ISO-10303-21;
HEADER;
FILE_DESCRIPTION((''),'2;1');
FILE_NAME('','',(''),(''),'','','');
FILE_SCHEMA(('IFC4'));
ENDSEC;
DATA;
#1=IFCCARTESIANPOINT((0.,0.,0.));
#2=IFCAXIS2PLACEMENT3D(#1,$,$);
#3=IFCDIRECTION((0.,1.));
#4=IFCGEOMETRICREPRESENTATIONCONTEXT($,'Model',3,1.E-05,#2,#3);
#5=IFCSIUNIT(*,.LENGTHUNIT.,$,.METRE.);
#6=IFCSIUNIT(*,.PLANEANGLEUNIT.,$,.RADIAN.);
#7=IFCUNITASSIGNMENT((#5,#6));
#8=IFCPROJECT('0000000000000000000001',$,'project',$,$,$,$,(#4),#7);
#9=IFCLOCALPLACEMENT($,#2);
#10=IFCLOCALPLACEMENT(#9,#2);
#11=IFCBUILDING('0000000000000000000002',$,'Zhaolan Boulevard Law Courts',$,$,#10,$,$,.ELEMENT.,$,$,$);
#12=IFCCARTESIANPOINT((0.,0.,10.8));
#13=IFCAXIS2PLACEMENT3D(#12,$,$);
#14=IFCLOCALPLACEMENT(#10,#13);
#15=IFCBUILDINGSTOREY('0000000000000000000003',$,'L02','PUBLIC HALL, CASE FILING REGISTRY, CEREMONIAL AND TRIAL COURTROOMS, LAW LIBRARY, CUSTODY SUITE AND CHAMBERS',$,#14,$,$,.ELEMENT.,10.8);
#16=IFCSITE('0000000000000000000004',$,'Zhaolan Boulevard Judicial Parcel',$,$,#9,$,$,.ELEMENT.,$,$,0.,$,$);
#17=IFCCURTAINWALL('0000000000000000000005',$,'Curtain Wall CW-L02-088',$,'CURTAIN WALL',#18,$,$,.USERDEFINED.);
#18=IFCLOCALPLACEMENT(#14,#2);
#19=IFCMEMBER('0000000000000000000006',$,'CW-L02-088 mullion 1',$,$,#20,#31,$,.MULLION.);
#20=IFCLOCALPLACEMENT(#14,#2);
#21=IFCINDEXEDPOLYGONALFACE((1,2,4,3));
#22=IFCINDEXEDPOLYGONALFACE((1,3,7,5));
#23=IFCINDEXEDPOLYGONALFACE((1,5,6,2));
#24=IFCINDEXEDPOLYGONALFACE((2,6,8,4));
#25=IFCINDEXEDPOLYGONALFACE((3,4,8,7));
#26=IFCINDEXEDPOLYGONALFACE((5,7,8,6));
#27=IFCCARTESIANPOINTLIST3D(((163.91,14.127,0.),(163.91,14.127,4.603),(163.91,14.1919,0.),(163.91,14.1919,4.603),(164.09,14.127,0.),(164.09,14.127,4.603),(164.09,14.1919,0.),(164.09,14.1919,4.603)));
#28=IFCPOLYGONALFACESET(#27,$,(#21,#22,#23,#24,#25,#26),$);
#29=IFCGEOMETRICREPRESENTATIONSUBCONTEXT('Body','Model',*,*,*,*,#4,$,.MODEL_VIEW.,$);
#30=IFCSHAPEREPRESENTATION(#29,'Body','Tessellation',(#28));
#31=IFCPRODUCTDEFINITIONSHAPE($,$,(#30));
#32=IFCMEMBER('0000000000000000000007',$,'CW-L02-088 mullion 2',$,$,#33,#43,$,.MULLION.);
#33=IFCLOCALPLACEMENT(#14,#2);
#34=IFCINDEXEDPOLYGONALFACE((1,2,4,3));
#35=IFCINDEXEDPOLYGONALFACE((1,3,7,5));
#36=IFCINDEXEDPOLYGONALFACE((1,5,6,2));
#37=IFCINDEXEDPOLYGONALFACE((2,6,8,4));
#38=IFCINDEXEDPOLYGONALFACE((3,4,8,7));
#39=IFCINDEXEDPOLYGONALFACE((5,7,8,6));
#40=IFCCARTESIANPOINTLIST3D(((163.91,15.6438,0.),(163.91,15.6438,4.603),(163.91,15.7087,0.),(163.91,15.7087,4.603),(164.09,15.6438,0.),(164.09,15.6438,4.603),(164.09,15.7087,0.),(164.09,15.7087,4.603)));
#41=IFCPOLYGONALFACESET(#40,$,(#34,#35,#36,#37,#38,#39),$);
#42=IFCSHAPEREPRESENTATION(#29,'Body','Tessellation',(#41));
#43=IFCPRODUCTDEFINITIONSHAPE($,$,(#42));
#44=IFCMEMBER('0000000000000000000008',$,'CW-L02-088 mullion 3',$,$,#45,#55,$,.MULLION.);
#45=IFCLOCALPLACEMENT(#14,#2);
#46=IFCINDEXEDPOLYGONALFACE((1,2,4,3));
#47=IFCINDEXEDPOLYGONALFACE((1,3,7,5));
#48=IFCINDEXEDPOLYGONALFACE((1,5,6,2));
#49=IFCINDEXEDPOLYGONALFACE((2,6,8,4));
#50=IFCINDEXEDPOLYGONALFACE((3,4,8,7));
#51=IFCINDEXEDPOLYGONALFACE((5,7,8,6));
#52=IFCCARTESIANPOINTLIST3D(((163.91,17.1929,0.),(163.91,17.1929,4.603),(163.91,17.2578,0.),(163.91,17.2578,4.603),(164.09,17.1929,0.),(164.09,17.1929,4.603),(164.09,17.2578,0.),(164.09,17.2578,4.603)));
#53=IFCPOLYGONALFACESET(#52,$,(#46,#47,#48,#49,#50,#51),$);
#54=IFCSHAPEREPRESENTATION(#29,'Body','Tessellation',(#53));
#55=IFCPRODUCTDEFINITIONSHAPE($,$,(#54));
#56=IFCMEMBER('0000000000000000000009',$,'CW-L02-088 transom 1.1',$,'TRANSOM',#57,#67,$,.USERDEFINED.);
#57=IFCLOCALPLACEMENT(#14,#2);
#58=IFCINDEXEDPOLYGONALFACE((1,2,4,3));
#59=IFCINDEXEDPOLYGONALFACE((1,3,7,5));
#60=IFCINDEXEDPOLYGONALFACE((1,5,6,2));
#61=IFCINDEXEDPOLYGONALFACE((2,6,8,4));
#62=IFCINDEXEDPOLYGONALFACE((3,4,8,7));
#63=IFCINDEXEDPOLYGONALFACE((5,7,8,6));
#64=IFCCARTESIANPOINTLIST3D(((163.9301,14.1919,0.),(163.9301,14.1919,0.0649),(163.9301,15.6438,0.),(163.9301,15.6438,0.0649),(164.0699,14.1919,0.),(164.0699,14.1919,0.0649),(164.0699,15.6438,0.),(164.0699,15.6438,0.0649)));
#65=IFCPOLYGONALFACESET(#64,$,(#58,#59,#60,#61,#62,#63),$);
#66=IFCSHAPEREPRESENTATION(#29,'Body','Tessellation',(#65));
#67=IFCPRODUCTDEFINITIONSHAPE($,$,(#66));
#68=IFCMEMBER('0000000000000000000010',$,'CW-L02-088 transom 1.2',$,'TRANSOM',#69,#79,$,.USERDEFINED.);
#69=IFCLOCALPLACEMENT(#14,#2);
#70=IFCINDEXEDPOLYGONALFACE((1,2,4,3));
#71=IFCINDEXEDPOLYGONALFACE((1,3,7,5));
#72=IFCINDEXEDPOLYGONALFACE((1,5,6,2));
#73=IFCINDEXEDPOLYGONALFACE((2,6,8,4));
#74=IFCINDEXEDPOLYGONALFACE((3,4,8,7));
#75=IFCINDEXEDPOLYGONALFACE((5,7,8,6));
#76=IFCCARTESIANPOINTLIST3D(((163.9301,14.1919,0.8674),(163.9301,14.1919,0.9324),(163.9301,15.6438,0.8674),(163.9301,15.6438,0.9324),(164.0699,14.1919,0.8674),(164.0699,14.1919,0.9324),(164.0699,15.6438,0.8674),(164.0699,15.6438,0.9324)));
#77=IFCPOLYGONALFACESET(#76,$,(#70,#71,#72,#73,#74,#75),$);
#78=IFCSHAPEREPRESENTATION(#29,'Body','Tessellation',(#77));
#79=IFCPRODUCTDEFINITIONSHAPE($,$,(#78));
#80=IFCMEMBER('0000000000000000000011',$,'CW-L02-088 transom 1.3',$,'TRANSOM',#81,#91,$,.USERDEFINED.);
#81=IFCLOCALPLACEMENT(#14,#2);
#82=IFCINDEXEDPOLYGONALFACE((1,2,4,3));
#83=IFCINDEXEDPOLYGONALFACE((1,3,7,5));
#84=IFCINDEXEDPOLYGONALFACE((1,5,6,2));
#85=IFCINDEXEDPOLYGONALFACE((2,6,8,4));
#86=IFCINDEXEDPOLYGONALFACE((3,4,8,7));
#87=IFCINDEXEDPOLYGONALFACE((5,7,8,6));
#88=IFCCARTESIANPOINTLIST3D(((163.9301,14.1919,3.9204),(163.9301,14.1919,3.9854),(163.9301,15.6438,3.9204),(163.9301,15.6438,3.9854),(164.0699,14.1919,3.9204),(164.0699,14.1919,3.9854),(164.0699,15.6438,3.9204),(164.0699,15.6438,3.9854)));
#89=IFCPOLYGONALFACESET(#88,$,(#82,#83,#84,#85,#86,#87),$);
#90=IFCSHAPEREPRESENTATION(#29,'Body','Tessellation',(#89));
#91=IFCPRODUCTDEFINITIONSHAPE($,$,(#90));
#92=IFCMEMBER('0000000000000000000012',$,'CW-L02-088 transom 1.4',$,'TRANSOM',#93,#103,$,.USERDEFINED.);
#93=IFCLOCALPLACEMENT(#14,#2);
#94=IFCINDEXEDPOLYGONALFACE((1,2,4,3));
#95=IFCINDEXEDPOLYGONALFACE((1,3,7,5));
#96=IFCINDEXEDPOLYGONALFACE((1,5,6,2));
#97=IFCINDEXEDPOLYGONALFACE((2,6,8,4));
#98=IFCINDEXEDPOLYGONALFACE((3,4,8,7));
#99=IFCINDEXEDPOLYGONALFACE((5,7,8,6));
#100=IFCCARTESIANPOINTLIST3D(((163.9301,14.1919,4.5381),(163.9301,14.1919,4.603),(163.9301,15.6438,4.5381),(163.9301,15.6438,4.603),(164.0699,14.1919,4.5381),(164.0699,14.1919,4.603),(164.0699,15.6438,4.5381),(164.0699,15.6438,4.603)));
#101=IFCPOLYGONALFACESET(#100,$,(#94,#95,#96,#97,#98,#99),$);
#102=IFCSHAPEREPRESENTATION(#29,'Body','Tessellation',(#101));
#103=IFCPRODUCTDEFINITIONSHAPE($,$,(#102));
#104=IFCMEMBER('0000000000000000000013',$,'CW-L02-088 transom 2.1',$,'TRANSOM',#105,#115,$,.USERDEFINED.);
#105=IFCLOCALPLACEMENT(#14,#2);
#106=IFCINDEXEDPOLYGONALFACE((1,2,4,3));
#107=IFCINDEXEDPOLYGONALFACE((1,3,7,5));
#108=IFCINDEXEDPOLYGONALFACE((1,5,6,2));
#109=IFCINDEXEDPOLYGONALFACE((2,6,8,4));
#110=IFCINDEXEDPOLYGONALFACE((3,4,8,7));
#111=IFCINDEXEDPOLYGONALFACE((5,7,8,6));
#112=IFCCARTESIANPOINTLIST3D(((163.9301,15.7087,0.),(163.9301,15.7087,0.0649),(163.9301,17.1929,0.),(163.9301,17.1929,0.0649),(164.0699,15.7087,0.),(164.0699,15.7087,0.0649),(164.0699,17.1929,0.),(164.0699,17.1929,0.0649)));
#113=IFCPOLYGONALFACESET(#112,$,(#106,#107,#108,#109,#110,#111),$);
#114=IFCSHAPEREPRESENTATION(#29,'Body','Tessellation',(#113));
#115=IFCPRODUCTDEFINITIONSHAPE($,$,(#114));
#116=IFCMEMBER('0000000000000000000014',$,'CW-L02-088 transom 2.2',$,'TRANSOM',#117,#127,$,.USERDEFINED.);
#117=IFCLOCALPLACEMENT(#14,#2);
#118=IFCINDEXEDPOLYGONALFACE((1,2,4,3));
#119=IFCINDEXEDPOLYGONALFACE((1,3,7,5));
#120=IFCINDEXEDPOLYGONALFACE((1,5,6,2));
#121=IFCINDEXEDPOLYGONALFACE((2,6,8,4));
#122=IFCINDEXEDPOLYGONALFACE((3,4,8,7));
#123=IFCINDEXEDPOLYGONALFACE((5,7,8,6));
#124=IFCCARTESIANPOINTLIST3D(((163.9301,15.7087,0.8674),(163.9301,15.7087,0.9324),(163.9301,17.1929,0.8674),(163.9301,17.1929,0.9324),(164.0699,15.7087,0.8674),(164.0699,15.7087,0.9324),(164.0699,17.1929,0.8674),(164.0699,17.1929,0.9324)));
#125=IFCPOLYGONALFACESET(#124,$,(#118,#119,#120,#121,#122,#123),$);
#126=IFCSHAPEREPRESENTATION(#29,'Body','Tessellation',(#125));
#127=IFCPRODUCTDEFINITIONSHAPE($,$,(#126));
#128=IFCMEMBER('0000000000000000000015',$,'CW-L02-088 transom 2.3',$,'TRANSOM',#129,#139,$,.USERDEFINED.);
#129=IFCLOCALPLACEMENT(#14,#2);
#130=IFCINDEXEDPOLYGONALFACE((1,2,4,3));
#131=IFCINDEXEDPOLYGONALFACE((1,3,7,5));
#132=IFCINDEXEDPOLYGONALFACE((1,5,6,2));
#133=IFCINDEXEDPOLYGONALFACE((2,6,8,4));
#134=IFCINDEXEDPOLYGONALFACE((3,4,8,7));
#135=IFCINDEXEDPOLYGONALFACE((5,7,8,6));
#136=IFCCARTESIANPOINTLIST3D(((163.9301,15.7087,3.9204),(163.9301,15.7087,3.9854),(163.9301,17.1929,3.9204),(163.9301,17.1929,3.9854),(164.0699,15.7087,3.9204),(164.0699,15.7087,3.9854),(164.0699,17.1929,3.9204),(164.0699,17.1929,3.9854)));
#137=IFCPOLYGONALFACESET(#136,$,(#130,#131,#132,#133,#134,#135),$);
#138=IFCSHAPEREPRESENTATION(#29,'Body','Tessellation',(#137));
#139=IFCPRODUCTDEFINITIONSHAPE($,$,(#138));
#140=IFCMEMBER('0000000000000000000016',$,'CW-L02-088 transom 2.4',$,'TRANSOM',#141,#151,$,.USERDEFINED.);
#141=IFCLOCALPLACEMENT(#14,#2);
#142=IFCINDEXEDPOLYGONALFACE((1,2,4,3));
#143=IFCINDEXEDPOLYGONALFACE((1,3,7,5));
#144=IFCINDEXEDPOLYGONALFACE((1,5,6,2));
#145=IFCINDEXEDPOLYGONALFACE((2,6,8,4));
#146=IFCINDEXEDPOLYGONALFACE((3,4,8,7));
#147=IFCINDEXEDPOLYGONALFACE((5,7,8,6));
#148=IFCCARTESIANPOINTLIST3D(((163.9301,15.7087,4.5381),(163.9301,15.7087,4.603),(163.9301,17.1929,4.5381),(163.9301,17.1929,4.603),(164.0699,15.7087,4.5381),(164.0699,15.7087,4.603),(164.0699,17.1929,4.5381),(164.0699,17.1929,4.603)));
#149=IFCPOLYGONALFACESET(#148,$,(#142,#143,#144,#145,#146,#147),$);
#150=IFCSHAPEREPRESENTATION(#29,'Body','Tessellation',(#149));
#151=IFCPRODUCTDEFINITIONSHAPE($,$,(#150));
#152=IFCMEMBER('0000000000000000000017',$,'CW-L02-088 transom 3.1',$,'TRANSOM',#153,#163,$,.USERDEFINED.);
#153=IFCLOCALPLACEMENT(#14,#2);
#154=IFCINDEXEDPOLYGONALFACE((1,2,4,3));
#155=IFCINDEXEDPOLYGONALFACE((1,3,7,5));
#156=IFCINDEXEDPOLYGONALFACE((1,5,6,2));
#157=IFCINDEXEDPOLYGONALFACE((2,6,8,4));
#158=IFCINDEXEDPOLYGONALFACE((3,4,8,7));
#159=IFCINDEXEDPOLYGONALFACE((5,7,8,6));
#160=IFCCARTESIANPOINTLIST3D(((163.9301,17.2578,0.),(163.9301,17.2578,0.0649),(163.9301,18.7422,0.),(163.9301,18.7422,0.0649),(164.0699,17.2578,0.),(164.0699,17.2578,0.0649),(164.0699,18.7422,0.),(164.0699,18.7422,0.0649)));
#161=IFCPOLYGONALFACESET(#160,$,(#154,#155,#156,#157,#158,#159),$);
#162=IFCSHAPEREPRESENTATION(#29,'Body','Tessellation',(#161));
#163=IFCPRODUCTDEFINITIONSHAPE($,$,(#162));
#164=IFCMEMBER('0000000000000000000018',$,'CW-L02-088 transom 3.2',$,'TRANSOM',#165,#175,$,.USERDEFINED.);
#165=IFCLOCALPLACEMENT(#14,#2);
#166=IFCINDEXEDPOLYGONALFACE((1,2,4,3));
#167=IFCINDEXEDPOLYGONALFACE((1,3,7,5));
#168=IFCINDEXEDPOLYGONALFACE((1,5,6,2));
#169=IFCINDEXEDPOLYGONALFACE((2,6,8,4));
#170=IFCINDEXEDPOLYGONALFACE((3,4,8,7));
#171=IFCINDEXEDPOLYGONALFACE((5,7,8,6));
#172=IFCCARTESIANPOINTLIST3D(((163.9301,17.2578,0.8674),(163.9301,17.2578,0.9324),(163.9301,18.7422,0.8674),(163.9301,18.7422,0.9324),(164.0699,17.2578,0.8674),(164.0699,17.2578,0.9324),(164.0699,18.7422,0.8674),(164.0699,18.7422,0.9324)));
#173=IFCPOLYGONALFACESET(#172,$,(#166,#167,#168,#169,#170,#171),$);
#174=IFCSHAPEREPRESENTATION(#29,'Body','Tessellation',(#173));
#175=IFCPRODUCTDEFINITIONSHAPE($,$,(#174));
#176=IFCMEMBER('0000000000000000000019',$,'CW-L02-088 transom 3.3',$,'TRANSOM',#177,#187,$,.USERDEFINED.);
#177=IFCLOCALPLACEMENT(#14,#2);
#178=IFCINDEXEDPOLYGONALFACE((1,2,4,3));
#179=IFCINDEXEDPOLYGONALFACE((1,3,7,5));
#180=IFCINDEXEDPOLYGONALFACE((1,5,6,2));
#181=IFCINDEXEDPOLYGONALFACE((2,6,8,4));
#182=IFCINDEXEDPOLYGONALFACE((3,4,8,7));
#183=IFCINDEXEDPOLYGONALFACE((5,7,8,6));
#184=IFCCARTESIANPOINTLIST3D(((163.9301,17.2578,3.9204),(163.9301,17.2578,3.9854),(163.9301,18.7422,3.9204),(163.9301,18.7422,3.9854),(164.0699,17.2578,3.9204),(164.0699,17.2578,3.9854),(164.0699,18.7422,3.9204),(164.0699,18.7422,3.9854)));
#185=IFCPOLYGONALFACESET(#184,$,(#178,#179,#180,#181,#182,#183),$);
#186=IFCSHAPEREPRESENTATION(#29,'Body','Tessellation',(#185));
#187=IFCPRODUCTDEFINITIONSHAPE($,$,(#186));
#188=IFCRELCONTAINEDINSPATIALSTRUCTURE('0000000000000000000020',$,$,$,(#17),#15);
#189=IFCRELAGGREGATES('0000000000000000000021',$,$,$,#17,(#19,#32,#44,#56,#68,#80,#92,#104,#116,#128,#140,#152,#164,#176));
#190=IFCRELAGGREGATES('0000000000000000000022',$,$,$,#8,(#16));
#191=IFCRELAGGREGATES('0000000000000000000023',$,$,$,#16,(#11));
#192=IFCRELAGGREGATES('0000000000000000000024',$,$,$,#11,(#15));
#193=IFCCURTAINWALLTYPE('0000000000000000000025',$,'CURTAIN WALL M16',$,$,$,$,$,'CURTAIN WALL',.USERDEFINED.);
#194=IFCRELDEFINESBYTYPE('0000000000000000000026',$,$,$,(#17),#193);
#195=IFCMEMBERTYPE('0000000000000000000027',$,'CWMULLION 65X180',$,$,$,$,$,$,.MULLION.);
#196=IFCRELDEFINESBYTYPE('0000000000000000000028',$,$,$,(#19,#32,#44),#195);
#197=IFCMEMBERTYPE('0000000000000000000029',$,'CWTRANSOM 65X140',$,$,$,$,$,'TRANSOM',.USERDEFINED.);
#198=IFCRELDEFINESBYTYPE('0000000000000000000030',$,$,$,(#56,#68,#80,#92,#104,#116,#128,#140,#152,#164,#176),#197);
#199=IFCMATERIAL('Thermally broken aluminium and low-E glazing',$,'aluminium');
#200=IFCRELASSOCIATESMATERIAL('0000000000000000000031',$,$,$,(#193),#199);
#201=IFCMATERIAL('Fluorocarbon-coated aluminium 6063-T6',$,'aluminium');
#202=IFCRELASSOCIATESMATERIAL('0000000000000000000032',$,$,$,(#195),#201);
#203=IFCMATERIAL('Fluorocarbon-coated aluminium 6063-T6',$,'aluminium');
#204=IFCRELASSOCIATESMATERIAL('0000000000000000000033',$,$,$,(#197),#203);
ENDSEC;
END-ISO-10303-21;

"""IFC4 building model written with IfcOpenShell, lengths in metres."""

from ifc_helpers import new_model, si_unit, direction, frame, origin, origin_2d, place, context, subcontext, project, spatial, rectangle, extrude, material, material_profile, profile_set, type_object, element, aggregate, save


model = new_model("IFC4")

# Units and contexts
model_context = context("Model", 3, precision=1e-05, world=origin(), true_north=direction((0.0, 1.0)))
body_context = subcontext(model_context, "Body", "Model", "MODEL_VIEW")
ifc_project = project(units=[si_unit("LENGTHUNIT", "METRE"), si_unit("PLANEANGLEUNIT", "RADIAN")], contexts=[model_context])

# Site, building, storey
site_placement = place(None, origin())
site = spatial("IfcSite", under=ifc_project, at=site_placement, Name="Zhaolan Boulevard Judicial Parcel", CompositionType="ELEMENT", RefElevation=0.0)
building_placement = place(site_placement, origin())
building = spatial("IfcBuilding", under=site, at=building_placement, Name="Zhaolan Boulevard Law Courts", CompositionType="ELEMENT")
storey_placement = place(building_placement, frame((0.0, 0.0, 10.8)))
storey = spatial("IfcBuildingStorey", under=building, at=storey_placement, Name="L02", Description="PUBLIC HALL, CASE FILING REGISTRY, CEREMONIAL AND TRIAL COURTROOMS, LAW LIBRARY, CUSTODY SUITE AND CHAMBERS", CompositionType="ELEMENT", Elevation=10.8)

# Curtain wall, members
ifc_material_1 = material(Name="Thermally broken aluminium and low-E glazing", Category="aluminium")
curtain_wall_type = type_object("IfcCurtainWallType", Name="CURTAIN WALL M16", ElementType="CURTAIN WALL", PredefinedType="USERDEFINED", material=ifc_material_1)
curtain_wall_placement = place(storey_placement, origin())
curtain_wall = element("IfcCurtainWall", 1, at=curtain_wall_placement, inside=storey, type_object=curtain_wall_type, Name="Curtain Wall CW-L02-088", ObjectType="CURTAIN WALL", PredefinedType="USERDEFINED")
ifc_material_2 = material(Name="Fluorocarbon-coated aluminium 6063-T6", Category="aluminium")
ifc_material_profile_1 = material_profile(ifc_material_2, rectangle(XDim=0.1799, YDim=0.0649, at=origin_2d()), Name="AL65x180")
ifc_profile_set_1 = profile_set([ifc_material_profile_1], Name="Fluorocarbon-coated aluminium 6063-T6")
member_type_1 = type_object("IfcMemberType", Name="CWMULLION 65X180", PredefinedType="MULLION", material=ifc_profile_set_1)
member_1_placement = place(storey_placement, frame((164.0, 14.1594, 0.0), z_axis=(0.0, 0.0, 1.0), x_axis=(-1.0, 0.0, 0.0)))
member_1 = element("IfcMember", 2, at=member_1_placement, type_object=member_type_1, Name="CW-L02-088 mullion 1", PredefinedType="MULLION", context=body_context, shape_type="SweptSolid", body=[
    extrude(rectangle(XDim=0.1799, YDim=0.0649, at=origin_2d()), origin(), (0.0, 0.0, 1.0), 4.603),
])
member_2_placement = place(storey_placement, frame((164.0, 15.6763, 0.0), z_axis=(0.0, 0.0, 1.0), x_axis=(-1.0, 0.0, 0.0)))
member_2 = element("IfcMember", 3, at=member_2_placement, type_object=member_type_1, Name="CW-L02-088 mullion 2", PredefinedType="MULLION", context=body_context, shape_type="SweptSolid", body=[
    extrude(rectangle(XDim=0.1799, YDim=0.0649, at=origin_2d()), origin(), (0.0, 0.0, 1.0), 4.603),
])
member_3_placement = place(storey_placement, frame((164.0, 17.2253, 0.0), z_axis=(0.0, 0.0, 1.0), x_axis=(-1.0, 0.0, 0.0)))
member_3 = element("IfcMember", 4, at=member_3_placement, type_object=member_type_1, Name="CW-L02-088 mullion 3", PredefinedType="MULLION", context=body_context, shape_type="SweptSolid", body=[
    extrude(rectangle(XDim=0.1799, YDim=0.0649, at=origin_2d()), origin(), (0.0, 0.0, 1.0), 4.603),
])
ifc_material_3 = material(Name="Fluorocarbon-coated aluminium 6063-T6", Category="aluminium")
ifc_material_profile_2 = material_profile(ifc_material_3, rectangle(XDim=0.1399, YDim=0.0649, at=origin_2d()), Name="AL65x140")
ifc_profile_set_2 = profile_set([ifc_material_profile_2], Name="Fluorocarbon-coated aluminium 6063-T6")
member_type_2 = type_object("IfcMemberType", Name="CWTRANSOM 65X140", ElementType="TRANSOM", PredefinedType="USERDEFINED", material=ifc_profile_set_2)
member_4_placement = place(storey_placement, frame((164.0, 14.1919, 0.0325), z_axis=(0.0, 1.0, 0.0), x_axis=(-1.0, 0.0, 0.0)))
member_4 = element("IfcMember", 5, at=member_4_placement, type_object=member_type_2, Name="CW-L02-088 transom 1.1", ObjectType="TRANSOM", PredefinedType="USERDEFINED", context=body_context, shape_type="SweptSolid", body=[
    extrude(rectangle(XDim=0.1399, YDim=0.0649, at=origin_2d()), origin(), (0.0, 0.0, 1.0), 1.4519),
])
member_5_placement = place(storey_placement, frame((164.0, 14.1919, 0.8999), z_axis=(0.0, 1.0, 0.0), x_axis=(-1.0, 0.0, 0.0)))
member_5 = element("IfcMember", 6, at=member_5_placement, type_object=member_type_2, Name="CW-L02-088 transom 1.2", ObjectType="TRANSOM", PredefinedType="USERDEFINED", context=body_context, shape_type="SweptSolid", body=[
    extrude(rectangle(XDim=0.1399, YDim=0.0649, at=origin_2d()), origin(), (0.0, 0.0, 1.0), 1.4519),
])
member_6_placement = place(storey_placement, frame((164.0, 14.1919, 3.9529), z_axis=(0.0, 1.0, 0.0), x_axis=(-1.0, 0.0, 0.0)))
member_6 = element("IfcMember", 7, at=member_6_placement, type_object=member_type_2, Name="CW-L02-088 transom 1.3", ObjectType="TRANSOM", PredefinedType="USERDEFINED", context=body_context, shape_type="SweptSolid", body=[
    extrude(rectangle(XDim=0.1399, YDim=0.0649, at=origin_2d()), origin(), (0.0, 0.0, 1.0), 1.4519),
])
member_7_placement = place(storey_placement, frame((164.0, 14.1919, 4.5706), z_axis=(0.0, 1.0, 0.0), x_axis=(-1.0, 0.0, 0.0)))
member_7 = element("IfcMember", 8, at=member_7_placement, type_object=member_type_2, Name="CW-L02-088 transom 1.4", ObjectType="TRANSOM", PredefinedType="USERDEFINED", context=body_context, shape_type="SweptSolid", body=[
    extrude(rectangle(XDim=0.1399, YDim=0.0649, at=origin_2d()), origin(), (0.0, 0.0, 1.0), 1.4519),
])
member_8_placement = place(storey_placement, frame((164.0, 15.7087, 0.0325), z_axis=(0.0, 1.0, 0.0), x_axis=(-1.0, 0.0, 0.0)))
member_8 = element("IfcMember", 9, at=member_8_placement, type_object=member_type_2, Name="CW-L02-088 transom 2.1", ObjectType="TRANSOM", PredefinedType="USERDEFINED", context=body_context, shape_type="SweptSolid", body=[
    extrude(rectangle(XDim=0.1399, YDim=0.0649, at=origin_2d()), origin(), (0.0, 0.0, 1.0), 1.4841),
])
member_9_placement = place(storey_placement, frame((164.0, 15.7087, 0.8999), z_axis=(0.0, 1.0, 0.0), x_axis=(-1.0, 0.0, 0.0)))
member_9 = element("IfcMember", 10, at=member_9_placement, type_object=member_type_2, Name="CW-L02-088 transom 2.2", ObjectType="TRANSOM", PredefinedType="USERDEFINED", context=body_context, shape_type="SweptSolid", body=[
    extrude(rectangle(XDim=0.1399, YDim=0.0649, at=origin_2d()), origin(), (0.0, 0.0, 1.0), 1.4841),
])
member_10_placement = place(storey_placement, frame((164.0, 15.7087, 3.9529), z_axis=(0.0, 1.0, 0.0), x_axis=(-1.0, 0.0, 0.0)))
member_10 = element("IfcMember", 11, at=member_10_placement, type_object=member_type_2, Name="CW-L02-088 transom 2.3", ObjectType="TRANSOM", PredefinedType="USERDEFINED", context=body_context, shape_type="SweptSolid", body=[
    extrude(rectangle(XDim=0.1399, YDim=0.0649, at=origin_2d()), origin(), (0.0, 0.0, 1.0), 1.4841),
])
member_11_placement = place(storey_placement, frame((164.0, 15.7087, 4.5706), z_axis=(0.0, 1.0, 0.0), x_axis=(-1.0, 0.0, 0.0)))
member_11 = element("IfcMember", 12, at=member_11_placement, type_object=member_type_2, Name="CW-L02-088 transom 2.4", ObjectType="TRANSOM", PredefinedType="USERDEFINED", context=body_context, shape_type="SweptSolid", body=[
    extrude(rectangle(XDim=0.1399, YDim=0.0649, at=origin_2d()), origin(), (0.0, 0.0, 1.0), 1.4841),
])
member_12_placement = place(storey_placement, frame((164.0, 17.2578, 0.0325), z_axis=(0.0, 1.0, 0.0), x_axis=(-1.0, 0.0, 0.0)))
member_12 = element("IfcMember", 13, at=member_12_placement, type_object=member_type_2, Name="CW-L02-088 transom 3.1", ObjectType="TRANSOM", PredefinedType="USERDEFINED", context=body_context, shape_type="SweptSolid", body=[
    extrude(rectangle(XDim=0.1399, YDim=0.0649, at=origin_2d()), origin(), (0.0, 0.0, 1.0), 1.4844),
])
member_13_placement = place(storey_placement, frame((164.0, 17.2578, 0.8999), z_axis=(0.0, 1.0, 0.0), x_axis=(-1.0, 0.0, 0.0)))
member_13 = element("IfcMember", 14, at=member_13_placement, type_object=member_type_2, Name="CW-L02-088 transom 3.2", ObjectType="TRANSOM", PredefinedType="USERDEFINED", context=body_context, shape_type="SweptSolid", body=[
    extrude(rectangle(XDim=0.1399, YDim=0.0649, at=origin_2d()), origin(), (0.0, 0.0, 1.0), 1.4844),
])
member_14_placement = place(storey_placement, frame((164.0, 17.2578, 3.9529), z_axis=(0.0, 1.0, 0.0), x_axis=(-1.0, 0.0, 0.0)))
member_14 = element("IfcMember", 15, at=member_14_placement, type_object=member_type_2, Name="CW-L02-088 transom 3.3", ObjectType="TRANSOM", PredefinedType="USERDEFINED", context=body_context, shape_type="SweptSolid", body=[
    extrude(rectangle(XDim=0.1399, YDim=0.0649, at=origin_2d()), origin(), (0.0, 0.0, 1.0), 1.4844),
])
aggregate(curtain_wall, [member_1, member_2, member_3, member_4, member_5, member_6, member_7, member_8, member_9, member_10, member_11, member_12, member_13, member_14])

save(model, "model.ifc")
